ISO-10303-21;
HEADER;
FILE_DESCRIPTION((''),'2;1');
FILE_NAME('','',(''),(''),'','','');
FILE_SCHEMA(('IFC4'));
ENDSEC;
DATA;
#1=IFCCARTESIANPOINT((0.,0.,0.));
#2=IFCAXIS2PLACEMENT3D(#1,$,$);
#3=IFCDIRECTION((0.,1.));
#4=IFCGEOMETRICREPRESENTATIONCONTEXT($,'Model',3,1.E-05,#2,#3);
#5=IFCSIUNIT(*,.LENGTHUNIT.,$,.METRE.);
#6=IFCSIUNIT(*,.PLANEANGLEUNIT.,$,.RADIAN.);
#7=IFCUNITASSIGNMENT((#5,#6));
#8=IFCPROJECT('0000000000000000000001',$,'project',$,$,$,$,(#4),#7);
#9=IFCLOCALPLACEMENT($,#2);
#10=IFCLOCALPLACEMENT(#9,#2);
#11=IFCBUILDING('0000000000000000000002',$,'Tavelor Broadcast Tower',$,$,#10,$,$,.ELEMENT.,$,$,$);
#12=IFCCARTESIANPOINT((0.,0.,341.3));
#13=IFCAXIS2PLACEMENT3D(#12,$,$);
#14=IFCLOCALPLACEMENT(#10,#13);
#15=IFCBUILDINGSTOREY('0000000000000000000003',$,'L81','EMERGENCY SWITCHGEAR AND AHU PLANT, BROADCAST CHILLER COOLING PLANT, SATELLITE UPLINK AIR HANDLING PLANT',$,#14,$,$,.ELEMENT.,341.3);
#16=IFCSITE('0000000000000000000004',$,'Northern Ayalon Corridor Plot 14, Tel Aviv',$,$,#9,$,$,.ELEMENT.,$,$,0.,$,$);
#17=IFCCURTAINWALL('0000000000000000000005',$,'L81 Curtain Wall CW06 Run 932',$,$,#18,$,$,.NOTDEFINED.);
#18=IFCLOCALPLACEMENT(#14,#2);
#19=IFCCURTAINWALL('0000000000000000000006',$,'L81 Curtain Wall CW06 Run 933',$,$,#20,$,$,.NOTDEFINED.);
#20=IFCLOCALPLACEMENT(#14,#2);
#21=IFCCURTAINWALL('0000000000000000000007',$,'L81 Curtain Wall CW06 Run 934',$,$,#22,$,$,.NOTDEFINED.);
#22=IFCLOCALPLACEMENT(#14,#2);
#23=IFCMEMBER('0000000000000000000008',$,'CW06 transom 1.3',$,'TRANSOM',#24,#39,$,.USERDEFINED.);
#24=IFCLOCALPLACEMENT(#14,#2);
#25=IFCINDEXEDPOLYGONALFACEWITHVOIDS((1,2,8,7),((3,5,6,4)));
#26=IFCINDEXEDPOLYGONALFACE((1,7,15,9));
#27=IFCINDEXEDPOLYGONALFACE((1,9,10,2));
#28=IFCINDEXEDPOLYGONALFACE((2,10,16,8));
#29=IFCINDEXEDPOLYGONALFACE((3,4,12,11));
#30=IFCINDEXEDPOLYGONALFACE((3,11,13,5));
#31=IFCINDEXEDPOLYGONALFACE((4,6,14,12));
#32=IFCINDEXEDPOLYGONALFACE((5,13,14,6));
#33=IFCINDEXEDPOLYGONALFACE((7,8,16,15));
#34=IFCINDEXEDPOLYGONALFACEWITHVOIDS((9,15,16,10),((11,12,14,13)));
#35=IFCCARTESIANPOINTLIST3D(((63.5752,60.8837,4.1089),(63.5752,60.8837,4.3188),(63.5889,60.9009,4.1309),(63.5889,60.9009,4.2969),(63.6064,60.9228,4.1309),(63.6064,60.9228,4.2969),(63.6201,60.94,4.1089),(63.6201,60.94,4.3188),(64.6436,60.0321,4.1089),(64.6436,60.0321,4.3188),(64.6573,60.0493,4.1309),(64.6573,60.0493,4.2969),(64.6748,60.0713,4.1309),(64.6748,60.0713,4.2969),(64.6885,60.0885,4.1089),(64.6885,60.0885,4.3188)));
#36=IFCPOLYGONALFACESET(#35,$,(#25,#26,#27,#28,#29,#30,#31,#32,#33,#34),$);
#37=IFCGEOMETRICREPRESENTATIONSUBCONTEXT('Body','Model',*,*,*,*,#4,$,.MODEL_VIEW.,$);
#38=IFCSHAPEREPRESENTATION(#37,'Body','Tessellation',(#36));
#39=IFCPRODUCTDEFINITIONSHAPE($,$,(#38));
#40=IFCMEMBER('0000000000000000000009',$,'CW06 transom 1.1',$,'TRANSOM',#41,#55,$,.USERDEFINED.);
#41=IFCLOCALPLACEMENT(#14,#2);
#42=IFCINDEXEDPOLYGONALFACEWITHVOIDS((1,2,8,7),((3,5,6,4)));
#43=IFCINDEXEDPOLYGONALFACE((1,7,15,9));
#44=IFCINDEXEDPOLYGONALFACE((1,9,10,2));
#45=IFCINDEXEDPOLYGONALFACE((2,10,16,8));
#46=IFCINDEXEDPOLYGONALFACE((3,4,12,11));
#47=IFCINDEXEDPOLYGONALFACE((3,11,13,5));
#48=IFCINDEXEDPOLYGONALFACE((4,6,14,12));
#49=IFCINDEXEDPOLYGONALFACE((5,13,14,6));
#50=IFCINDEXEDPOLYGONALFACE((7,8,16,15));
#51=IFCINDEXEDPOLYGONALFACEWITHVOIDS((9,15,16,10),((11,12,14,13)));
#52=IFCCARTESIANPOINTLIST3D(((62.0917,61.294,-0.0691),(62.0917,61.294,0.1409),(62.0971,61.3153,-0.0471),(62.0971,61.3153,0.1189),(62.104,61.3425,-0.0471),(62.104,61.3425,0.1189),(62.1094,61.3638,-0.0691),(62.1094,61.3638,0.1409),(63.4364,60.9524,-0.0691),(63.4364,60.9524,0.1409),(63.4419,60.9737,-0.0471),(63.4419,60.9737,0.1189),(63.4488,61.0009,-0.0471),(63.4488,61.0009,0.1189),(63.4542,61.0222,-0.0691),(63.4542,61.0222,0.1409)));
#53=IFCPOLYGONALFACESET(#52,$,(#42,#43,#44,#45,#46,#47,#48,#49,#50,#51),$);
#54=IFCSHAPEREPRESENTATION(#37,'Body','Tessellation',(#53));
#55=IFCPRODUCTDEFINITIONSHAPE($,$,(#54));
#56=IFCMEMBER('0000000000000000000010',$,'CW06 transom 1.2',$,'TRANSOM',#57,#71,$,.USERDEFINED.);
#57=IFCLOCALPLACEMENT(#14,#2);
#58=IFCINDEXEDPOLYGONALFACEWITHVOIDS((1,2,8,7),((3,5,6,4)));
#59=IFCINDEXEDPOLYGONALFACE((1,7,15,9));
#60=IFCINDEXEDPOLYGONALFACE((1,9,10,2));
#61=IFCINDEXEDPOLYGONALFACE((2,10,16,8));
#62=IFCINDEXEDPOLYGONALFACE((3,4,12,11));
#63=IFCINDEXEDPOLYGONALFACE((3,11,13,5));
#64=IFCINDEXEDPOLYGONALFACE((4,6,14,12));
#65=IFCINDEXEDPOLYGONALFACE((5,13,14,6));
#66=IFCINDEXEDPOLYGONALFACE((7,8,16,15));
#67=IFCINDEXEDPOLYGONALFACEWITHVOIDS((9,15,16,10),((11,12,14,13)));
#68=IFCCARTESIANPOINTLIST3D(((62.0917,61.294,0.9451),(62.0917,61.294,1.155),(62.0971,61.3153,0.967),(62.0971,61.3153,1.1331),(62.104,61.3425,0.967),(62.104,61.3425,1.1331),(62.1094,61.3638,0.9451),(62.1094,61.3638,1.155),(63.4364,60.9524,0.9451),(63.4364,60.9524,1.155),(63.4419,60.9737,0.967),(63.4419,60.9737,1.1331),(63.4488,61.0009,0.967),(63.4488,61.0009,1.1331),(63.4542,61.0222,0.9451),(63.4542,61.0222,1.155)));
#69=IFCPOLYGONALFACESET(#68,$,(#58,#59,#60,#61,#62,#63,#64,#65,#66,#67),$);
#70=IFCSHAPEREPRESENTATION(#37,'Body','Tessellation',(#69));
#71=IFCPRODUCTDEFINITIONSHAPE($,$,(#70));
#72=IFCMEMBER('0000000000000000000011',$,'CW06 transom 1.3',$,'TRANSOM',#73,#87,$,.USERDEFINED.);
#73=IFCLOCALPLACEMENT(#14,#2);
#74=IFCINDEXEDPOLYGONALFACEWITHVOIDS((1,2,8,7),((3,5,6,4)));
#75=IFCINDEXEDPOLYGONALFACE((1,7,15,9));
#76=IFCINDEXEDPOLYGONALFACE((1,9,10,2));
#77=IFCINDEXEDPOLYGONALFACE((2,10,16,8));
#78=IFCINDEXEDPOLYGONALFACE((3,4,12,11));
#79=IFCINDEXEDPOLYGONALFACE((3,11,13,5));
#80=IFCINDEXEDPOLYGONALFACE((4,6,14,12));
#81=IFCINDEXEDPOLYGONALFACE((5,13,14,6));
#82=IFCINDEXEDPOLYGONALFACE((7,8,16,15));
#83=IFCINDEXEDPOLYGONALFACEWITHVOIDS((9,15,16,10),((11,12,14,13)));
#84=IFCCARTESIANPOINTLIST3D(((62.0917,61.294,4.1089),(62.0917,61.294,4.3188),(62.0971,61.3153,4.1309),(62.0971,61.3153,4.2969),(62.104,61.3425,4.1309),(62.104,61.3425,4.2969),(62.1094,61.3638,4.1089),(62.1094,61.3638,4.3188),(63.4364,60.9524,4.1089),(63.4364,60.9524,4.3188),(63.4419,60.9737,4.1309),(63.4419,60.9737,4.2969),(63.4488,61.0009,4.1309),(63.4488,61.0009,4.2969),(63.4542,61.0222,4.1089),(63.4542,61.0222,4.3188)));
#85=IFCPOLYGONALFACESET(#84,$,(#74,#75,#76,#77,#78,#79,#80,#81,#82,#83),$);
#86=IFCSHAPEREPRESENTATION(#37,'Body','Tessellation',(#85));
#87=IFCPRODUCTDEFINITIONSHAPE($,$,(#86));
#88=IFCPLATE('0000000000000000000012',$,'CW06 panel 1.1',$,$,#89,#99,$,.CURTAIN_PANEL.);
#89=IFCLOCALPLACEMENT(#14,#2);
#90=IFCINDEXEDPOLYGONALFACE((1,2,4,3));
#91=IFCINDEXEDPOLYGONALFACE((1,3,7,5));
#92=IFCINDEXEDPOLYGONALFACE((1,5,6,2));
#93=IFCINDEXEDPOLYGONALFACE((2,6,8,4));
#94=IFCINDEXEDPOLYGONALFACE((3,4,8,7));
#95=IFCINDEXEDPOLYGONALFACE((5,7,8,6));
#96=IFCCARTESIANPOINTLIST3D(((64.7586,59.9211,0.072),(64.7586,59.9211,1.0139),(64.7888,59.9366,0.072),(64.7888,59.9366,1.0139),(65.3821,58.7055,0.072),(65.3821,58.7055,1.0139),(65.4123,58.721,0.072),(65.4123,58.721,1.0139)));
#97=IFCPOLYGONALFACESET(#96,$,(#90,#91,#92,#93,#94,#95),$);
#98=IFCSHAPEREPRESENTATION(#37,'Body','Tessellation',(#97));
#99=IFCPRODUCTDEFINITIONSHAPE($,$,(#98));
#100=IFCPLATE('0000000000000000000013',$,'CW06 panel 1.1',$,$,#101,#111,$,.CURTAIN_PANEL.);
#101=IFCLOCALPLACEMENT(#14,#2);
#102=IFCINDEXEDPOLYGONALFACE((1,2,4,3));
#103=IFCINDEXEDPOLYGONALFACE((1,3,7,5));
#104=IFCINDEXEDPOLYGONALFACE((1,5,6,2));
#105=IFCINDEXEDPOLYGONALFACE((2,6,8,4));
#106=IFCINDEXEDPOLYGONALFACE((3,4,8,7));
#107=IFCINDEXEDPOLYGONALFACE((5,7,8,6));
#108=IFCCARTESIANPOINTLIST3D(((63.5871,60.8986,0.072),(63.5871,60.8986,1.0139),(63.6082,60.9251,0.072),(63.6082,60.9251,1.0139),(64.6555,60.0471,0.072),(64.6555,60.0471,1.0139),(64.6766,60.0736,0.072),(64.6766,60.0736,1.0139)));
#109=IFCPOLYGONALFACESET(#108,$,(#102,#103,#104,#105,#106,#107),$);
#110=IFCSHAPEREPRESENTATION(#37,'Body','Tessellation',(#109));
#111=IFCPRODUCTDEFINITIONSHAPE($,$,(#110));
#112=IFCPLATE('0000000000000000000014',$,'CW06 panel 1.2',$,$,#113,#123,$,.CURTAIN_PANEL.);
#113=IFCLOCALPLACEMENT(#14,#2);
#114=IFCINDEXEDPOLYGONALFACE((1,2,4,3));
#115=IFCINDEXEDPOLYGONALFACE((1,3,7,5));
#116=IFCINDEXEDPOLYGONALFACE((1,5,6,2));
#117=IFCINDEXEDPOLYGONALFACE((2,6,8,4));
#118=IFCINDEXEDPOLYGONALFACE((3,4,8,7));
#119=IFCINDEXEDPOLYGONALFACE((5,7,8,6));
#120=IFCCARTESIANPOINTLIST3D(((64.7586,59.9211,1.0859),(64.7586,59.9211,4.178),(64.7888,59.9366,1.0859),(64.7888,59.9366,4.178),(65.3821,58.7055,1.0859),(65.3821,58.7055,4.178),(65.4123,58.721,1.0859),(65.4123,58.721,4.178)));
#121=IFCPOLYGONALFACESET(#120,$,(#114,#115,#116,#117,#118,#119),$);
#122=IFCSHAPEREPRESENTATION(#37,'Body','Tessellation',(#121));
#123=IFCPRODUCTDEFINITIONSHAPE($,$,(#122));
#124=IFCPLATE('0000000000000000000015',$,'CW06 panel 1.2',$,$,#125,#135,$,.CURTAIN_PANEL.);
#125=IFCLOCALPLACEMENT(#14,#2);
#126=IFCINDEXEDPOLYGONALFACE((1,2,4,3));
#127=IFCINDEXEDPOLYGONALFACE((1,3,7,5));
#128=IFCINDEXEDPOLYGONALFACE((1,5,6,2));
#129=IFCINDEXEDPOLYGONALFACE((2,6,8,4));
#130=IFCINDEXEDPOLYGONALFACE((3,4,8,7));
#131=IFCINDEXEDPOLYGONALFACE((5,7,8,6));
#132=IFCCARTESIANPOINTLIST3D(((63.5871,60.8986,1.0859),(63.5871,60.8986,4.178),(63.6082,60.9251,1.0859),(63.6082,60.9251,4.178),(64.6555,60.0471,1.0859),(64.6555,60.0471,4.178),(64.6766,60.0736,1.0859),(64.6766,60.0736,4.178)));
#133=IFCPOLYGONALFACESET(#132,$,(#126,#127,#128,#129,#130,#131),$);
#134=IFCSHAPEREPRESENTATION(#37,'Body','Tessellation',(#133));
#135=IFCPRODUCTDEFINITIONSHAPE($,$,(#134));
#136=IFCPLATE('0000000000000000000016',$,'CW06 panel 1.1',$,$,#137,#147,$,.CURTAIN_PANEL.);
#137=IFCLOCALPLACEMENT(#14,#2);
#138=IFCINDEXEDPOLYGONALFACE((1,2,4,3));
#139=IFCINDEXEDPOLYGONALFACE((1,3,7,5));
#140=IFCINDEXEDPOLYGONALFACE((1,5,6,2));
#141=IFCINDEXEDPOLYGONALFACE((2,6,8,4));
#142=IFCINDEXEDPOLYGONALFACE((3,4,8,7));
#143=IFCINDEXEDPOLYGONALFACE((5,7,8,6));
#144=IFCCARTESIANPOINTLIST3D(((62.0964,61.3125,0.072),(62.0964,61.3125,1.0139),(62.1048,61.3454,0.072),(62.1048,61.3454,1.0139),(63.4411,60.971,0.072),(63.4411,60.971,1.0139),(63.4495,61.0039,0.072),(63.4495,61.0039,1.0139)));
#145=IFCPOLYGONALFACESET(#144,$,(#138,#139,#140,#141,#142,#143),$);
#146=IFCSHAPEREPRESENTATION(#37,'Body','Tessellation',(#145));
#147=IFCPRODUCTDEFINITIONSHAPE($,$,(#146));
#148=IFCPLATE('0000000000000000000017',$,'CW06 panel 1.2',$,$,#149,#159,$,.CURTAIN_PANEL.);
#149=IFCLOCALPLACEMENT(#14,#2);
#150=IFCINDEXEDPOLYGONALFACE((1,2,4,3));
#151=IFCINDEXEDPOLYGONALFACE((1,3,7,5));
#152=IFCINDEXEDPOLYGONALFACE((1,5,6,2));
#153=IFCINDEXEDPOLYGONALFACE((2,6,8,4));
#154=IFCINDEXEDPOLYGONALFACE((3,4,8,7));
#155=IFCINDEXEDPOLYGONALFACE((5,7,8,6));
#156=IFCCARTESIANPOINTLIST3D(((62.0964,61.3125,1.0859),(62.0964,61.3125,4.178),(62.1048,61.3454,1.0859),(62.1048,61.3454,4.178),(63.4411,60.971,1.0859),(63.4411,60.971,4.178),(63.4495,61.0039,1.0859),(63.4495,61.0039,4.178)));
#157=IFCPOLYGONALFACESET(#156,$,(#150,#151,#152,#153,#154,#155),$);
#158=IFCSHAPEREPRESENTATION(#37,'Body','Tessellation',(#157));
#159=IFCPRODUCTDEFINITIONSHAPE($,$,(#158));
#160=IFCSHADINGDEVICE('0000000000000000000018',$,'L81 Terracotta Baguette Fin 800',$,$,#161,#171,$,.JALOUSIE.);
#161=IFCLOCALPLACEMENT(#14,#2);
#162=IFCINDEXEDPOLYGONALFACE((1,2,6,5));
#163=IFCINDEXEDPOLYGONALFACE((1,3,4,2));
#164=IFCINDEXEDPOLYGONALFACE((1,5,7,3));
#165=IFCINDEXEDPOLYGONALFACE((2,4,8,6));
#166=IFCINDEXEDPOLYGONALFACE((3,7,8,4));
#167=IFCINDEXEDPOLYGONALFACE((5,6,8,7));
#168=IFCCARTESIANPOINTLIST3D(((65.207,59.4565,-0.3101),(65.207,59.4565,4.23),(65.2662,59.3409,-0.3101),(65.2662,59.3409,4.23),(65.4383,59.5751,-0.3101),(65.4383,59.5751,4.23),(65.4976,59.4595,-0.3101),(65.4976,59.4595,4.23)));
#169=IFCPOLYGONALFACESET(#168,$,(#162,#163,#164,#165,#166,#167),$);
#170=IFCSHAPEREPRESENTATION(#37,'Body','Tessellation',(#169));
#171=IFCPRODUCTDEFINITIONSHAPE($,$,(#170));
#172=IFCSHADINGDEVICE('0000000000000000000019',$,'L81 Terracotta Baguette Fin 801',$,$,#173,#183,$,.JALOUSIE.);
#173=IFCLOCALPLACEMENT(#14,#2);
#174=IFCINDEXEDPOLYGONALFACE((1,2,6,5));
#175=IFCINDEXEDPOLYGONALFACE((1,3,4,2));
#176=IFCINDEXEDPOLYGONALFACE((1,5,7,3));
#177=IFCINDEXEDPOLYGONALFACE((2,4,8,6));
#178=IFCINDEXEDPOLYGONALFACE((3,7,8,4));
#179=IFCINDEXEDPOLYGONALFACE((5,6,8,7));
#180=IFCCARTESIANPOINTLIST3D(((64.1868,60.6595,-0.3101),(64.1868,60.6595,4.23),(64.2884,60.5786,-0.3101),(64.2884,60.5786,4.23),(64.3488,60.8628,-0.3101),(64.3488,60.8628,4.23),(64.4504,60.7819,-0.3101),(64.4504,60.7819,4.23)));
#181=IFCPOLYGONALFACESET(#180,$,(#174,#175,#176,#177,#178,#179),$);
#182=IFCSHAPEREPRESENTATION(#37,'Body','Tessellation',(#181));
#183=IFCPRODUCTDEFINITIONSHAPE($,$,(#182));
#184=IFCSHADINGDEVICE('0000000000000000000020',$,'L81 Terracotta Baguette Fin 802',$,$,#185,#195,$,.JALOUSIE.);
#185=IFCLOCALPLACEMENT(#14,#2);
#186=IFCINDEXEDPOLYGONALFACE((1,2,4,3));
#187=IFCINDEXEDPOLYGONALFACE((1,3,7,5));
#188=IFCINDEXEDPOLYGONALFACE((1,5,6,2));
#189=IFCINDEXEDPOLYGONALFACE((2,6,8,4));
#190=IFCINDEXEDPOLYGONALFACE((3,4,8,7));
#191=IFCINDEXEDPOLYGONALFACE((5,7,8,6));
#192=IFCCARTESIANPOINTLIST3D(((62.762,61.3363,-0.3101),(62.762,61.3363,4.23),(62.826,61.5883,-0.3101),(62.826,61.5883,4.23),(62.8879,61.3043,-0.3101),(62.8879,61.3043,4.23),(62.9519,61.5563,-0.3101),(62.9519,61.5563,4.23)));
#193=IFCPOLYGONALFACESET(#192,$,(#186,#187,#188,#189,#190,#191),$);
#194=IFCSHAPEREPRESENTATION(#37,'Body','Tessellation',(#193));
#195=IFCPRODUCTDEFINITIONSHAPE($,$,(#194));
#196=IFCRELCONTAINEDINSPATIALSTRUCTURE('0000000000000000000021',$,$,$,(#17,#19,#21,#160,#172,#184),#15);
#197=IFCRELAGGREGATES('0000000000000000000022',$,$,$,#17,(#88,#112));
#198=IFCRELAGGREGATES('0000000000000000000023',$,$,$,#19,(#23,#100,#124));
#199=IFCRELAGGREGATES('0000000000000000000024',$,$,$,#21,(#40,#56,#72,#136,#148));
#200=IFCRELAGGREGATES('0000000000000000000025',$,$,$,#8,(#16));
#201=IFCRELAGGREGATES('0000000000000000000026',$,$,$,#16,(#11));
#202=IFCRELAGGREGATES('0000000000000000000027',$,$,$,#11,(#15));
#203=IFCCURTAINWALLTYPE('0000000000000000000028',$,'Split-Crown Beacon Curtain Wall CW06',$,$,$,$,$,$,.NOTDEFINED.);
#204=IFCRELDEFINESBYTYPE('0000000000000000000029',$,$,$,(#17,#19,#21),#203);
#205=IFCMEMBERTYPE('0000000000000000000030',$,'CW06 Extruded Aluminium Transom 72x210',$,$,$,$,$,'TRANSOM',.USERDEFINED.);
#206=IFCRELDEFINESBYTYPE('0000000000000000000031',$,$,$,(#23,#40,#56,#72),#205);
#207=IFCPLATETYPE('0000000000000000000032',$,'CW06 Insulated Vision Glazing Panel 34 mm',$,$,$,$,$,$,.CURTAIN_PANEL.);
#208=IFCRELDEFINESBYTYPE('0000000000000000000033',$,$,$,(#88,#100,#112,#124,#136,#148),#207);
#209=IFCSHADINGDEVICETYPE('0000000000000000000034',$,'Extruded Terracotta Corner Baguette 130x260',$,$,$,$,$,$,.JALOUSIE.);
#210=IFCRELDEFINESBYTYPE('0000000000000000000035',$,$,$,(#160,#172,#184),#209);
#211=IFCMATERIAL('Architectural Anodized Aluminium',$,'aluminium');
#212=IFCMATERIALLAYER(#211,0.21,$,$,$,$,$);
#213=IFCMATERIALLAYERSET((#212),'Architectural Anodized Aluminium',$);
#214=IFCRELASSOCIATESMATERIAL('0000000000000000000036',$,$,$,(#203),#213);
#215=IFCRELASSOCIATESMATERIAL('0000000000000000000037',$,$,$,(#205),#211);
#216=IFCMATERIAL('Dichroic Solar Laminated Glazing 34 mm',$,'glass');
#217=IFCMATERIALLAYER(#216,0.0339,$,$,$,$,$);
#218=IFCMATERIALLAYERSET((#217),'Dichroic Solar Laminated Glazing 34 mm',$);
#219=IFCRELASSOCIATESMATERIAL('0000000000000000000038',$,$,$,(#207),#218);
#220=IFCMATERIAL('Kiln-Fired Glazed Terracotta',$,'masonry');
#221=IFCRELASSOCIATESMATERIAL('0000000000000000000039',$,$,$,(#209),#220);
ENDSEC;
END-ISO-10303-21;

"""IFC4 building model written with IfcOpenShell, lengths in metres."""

from ifc_helpers import new_model, si_unit, direction, frame, origin, origin_2d, place, context, subcontext, project, spatial, rectangle, hollow_rectangle, extrude, source, transform, mapped, material, layer, layer_set, material_profile, profile_set, type_object, type_shapes, element, aggregate, save


model = new_model("IFC4")

# Units and contexts
model_context = context("Model", 3, precision=1e-05, world=origin(), true_north=direction((0.0, 1.0)))
body_context = subcontext(model_context, "Body", "Model", "MODEL_VIEW")
ifc_project = project(units=[si_unit("LENGTHUNIT", "METRE"), si_unit("PLANEANGLEUNIT", "RADIAN")], contexts=[model_context])

# Site, building, storey
site_placement = place(None, origin())
site = spatial("IfcSite", under=ifc_project, at=site_placement, Name="Northern Ayalon Corridor Plot 14, Tel Aviv", CompositionType="ELEMENT", RefElevation=0.0)
building_placement = place(site_placement, origin())
building = spatial("IfcBuilding", under=site, at=building_placement, Name="Tavelor Broadcast Tower", CompositionType="ELEMENT")
storey_placement = place(building_placement, frame((0.0, 0.0, 341.3)))
storey = spatial("IfcBuildingStorey", under=building, at=storey_placement, Name="L81", Description="EMERGENCY SWITCHGEAR AND AHU PLANT, BROADCAST CHILLER COOLING PLANT, SATELLITE UPLINK AIR HANDLING PLANT", CompositionType="ELEMENT", Elevation=341.3)

# Shared definitions
ifc_material_1 = material(Name="Architectural Anodized Aluminium", Category="aluminium")
ifc_layer_1 = layer(ifc_material_1, 0.21)
ifc_layer_set_1 = layer_set([ifc_layer_1], Name="Architectural Anodized Aluminium")
curtain_wall_type = type_object("IfcCurtainWallType", Name="Split-Crown Beacon Curtain Wall CW06", PredefinedType="NOTDEFINED", material=ifc_layer_set_1)

# Curtain walls
curtain_wall_1_placement = place(storey_placement, origin())
curtain_wall_1 = element("IfcCurtainWall", 1, at=curtain_wall_1_placement, inside=storey, type_object=curtain_wall_type, Name="L81 Curtain Wall CW06 Run 932", PredefinedType="NOTDEFINED")
curtain_wall_2_placement = place(storey_placement, origin())
curtain_wall_2 = element("IfcCurtainWall", 2, at=curtain_wall_2_placement, inside=storey, type_object=curtain_wall_type, Name="L81 Curtain Wall CW06 Run 933", PredefinedType="NOTDEFINED")

# Curtain wall
curtain_wall_3_placement = place(storey_placement, origin())
curtain_wall_3 = element("IfcCurtainWall", 3, at=curtain_wall_3_placement, inside=storey, type_object=curtain_wall_type, Name="L81 Curtain Wall CW06 Run 934", PredefinedType="NOTDEFINED")

# Members
ifc_material_profile_1 = material_profile(ifc_material_1, hollow_rectangle(XDim=0.072, YDim=0.21, WallThickness=0.022, at=origin_2d()), Name="RHS 72x210x22")
ifc_profile_set_1 = profile_set([ifc_material_profile_1], Name="Architectural Anodized Aluminium")
member_type_1 = type_object("IfcMemberType", Name="CW06 Extruded Aluminium Transom 72x210", ElementType="TRANSOM", PredefinedType="USERDEFINED", material=ifc_profile_set_1)
shared_shape_1 = source(origin(), body_context, "Body", "SweptSolid", [
    extrude(hollow_rectangle(XDim=0.072, YDim=0.21, WallThickness=0.022, at=origin_2d()), origin(), (0.0, 0.0, 1.0), 1.3662),
])
member_1_placement = place(storey_placement, frame((64.666, 60.0603, 4.2139), z_axis=(-0.781983, 0.623299, 0.0), x_axis=(-0.623299, -0.781983, 0.0)))
member_1 = element("IfcMember", 4, at=member_1_placement, type_object=member_type_1, Name="CW06 transom 1.3", ObjectType="TRANSOM", PredefinedType="USERDEFINED", context=body_context, shape_type="MappedRepresentation", body=[
    mapped(shared_shape_1, transform((0.0, 0.0, 0.0), scale=1.0)),
])
shared_shape_2 = source(origin(), body_context, "Body", "SweptSolid", [
    extrude(hollow_rectangle(XDim=0.072, YDim=0.21, WallThickness=0.022, at=origin_2d()), origin(), (0.0, 0.0, 1.0), 1.3875),
])
type_shapes(member_type_1, [shared_shape_1, shared_shape_2])
member_2_placement = place(storey_placement, frame((63.4453, 60.9873, 0.0359), z_axis=(-0.969225, 0.246177, 0.0), x_axis=(-0.246177, -0.969225, 0.0)))
member_2 = element("IfcMember", 5, at=member_2_placement, type_object=member_type_1, Name="CW06 transom 1.1", ObjectType="TRANSOM", PredefinedType="USERDEFINED", context=body_context, shape_type="MappedRepresentation", body=[
    mapped(shared_shape_2, transform((0.0, 0.0, 0.0), scale=1.0)),
])
member_3_placement = place(storey_placement, frame((63.4453, 60.9873, 1.05), z_axis=(-0.969225, 0.246177, 0.0), x_axis=(-0.246177, -0.969225, 0.0)))
member_3 = element("IfcMember", 6, at=member_3_placement, type_object=member_type_1, Name="CW06 transom 1.2", ObjectType="TRANSOM", PredefinedType="USERDEFINED", context=body_context, shape_type="MappedRepresentation", body=[
    mapped(shared_shape_2, transform((0.0, 0.0, 0.0), scale=1.0)),
])
member_4_placement = place(storey_placement, frame((63.4453, 60.9873, 4.2139), z_axis=(-0.969225, 0.246177, 0.0), x_axis=(-0.246177, -0.969225, 0.0)))
member_4 = element("IfcMember", 7, at=member_4_placement, type_object=member_type_1, Name="CW06 transom 1.3", ObjectType="TRANSOM", PredefinedType="USERDEFINED", context=body_context, shape_type="MappedRepresentation", body=[
    mapped(shared_shape_2, transform((0.0, 0.0, 0.0), scale=1.0)),
])

# Plates
ifc_material_2 = material(Name="Dichroic Solar Laminated Glazing 34 mm", Category="glass")
ifc_layer_2 = layer(ifc_material_2, 0.0339)
ifc_layer_set_2 = layer_set([ifc_layer_2], Name="Dichroic Solar Laminated Glazing 34 mm")
plate_type = type_object("IfcPlateType", Name="CW06 Insulated Vision Glazing Panel 34 mm", PredefinedType="CURTAIN_PANEL", material=ifc_layer_set_2)
shared_shape_3 = source(origin(), body_context, "Body", "SweptSolid", [
    extrude(rectangle(XDim=1.3662, YDim=0.0339, at=origin_2d()), origin(), (0.0, 0.0, 1.0), 0.9419),
])
plate_1_placement = place(storey_placement, frame((65.0854, 59.321, 0.072), z_axis=(0.0, 0.0, 1.0), x_axis=(-0.456381, 0.889784, 0.0)))
plate_1 = element("IfcPlate", 8, at=plate_1_placement, type_object=plate_type, Name="CW06 panel 1.1", PredefinedType="CURTAIN_PANEL", context=body_context, shape_type="MappedRepresentation", body=[
    mapped(shared_shape_3, transform((0.0, 0.0, 0.0), scale=1.0)),
])
plate_2_placement = place(storey_placement, frame((64.1318, 60.4861, 0.072), z_axis=(0.0, 0.0, 1.0), x_axis=(-0.78203, 0.62324, 0.0)))
plate_2 = element("IfcPlate", 9, at=plate_2_placement, type_object=plate_type, Name="CW06 panel 1.1", PredefinedType="CURTAIN_PANEL", context=body_context, shape_type="MappedRepresentation", body=[
    mapped(shared_shape_3, transform((0.0, 0.0, 0.0), scale=1.0)),
])
shared_shape_4 = source(origin(), body_context, "Body", "SweptSolid", [
    extrude(rectangle(XDim=1.3662, YDim=0.0339, at=origin_2d()), origin(), (0.0, 0.0, 1.0), 3.092),
])
plate_3_placement = place(storey_placement, frame((65.0854, 59.321, 1.0859), z_axis=(0.0, 0.0, 1.0), x_axis=(-0.456381, 0.889784, 0.0)))
plate_3 = element("IfcPlate", 10, at=plate_3_placement, type_object=plate_type, Name="CW06 panel 1.2", PredefinedType="CURTAIN_PANEL", context=body_context, shape_type="MappedRepresentation", body=[
    mapped(shared_shape_4, transform((0.0, 0.0, 0.0), scale=1.0)),
])
aggregate(curtain_wall_1, [plate_1, plate_3])
plate_4_placement = place(storey_placement, frame((64.1318, 60.4861, 1.0859), z_axis=(0.0, 0.0, 1.0), x_axis=(-0.78203, 0.62324, 0.0)))
plate_4 = element("IfcPlate", 11, at=plate_4_placement, type_object=plate_type, Name="CW06 panel 1.2", PredefinedType="CURTAIN_PANEL", context=body_context, shape_type="MappedRepresentation", body=[
    mapped(shared_shape_4, transform((0.0, 0.0, 0.0), scale=1.0)),
])
aggregate(curtain_wall_2, [member_1, plate_2, plate_4])
shared_shape_5 = source(origin(), body_context, "Body", "SweptSolid", [
    extrude(rectangle(XDim=1.3875, YDim=0.0339, at=origin_2d()), origin(), (0.0, 0.0, 1.0), 0.9419),
])
plate_5_placement = place(storey_placement, frame((62.7729, 61.1582, 0.072), z_axis=(0.0, 0.0, 1.0), x_axis=(-0.969221, 0.246191, 0.0)))
plate_5 = element("IfcPlate", 12, at=plate_5_placement, type_object=plate_type, Name="CW06 panel 1.1", PredefinedType="CURTAIN_PANEL", context=body_context, shape_type="MappedRepresentation", body=[
    mapped(shared_shape_5, transform((0.0, 0.0, 0.0), scale=1.0)),
])
shared_shape_6 = source(origin(), body_context, "Body", "SweptSolid", [
    extrude(rectangle(XDim=1.3875, YDim=0.0339, at=origin_2d()), origin(), (0.0, 0.0, 1.0), 3.092),
])
type_shapes(plate_type, [shared_shape_3, shared_shape_4, shared_shape_5, shared_shape_6])
plate_6_placement = place(storey_placement, frame((62.7729, 61.1582, 1.0859), z_axis=(0.0, 0.0, 1.0), x_axis=(-0.969221, 0.246191, 0.0)))
plate_6 = element("IfcPlate", 13, at=plate_6_placement, type_object=plate_type, Name="CW06 panel 1.2", PredefinedType="CURTAIN_PANEL", context=body_context, shape_type="MappedRepresentation", body=[
    mapped(shared_shape_6, transform((0.0, 0.0, 0.0), scale=1.0)),
])
aggregate(curtain_wall_3, [member_2, member_3, member_4, plate_5, plate_6])

# Shading devices
ifc_material_3 = material(Name="Kiln-Fired Glazed Terracotta", Category="masonry")
shading_device_type = type_object("IfcShadingDeviceType", Name="Extruded Terracotta Corner Baguette 130x260", PredefinedType="JALOUSIE", material=ifc_material_3)
shared_shape_7 = source(origin(), body_context, "Body", "SweptSolid", [
    extrude(rectangle(XDim=0.1299, YDim=0.26, at=origin_2d()), origin(), (0.0, 0.0, 1.0), 4.54),
])
type_shapes(shading_device_type, [shared_shape_7])
for number, where, z_axis, x_axis, name in (
    (14, (65.3523, 59.458, -0.3101), (0.0, 0.0, 1.0), (-0.456322, 0.889815, 0.0), "L81 Terracotta Baguette Fin 800"),
    (15, (64.3186, 60.7207, -0.3101), (0.0, 0.0, 1.0), (-0.782065, 0.623197, 0.0), "L81 Terracotta Baguette Fin 801"),
    (16, (62.8569, 61.4463, -0.3101), (0.0, 0.0, 1.0), (-0.969231, 0.246153, 0.0), "L81 Terracotta Baguette Fin 802"),
):
    element("IfcShadingDevice", number, at=place(storey_placement, frame(where, z_axis=z_axis, x_axis=x_axis)), inside=storey, type_object=shading_device_type, Name=name, PredefinedType="JALOUSIE", context=body_context, shape_type="MappedRepresentation", body=[
        mapped(shared_shape_7, transform((0.0, 0.0, 0.0), scale=1.0)),
    ])

save(model, "model.ifc")
